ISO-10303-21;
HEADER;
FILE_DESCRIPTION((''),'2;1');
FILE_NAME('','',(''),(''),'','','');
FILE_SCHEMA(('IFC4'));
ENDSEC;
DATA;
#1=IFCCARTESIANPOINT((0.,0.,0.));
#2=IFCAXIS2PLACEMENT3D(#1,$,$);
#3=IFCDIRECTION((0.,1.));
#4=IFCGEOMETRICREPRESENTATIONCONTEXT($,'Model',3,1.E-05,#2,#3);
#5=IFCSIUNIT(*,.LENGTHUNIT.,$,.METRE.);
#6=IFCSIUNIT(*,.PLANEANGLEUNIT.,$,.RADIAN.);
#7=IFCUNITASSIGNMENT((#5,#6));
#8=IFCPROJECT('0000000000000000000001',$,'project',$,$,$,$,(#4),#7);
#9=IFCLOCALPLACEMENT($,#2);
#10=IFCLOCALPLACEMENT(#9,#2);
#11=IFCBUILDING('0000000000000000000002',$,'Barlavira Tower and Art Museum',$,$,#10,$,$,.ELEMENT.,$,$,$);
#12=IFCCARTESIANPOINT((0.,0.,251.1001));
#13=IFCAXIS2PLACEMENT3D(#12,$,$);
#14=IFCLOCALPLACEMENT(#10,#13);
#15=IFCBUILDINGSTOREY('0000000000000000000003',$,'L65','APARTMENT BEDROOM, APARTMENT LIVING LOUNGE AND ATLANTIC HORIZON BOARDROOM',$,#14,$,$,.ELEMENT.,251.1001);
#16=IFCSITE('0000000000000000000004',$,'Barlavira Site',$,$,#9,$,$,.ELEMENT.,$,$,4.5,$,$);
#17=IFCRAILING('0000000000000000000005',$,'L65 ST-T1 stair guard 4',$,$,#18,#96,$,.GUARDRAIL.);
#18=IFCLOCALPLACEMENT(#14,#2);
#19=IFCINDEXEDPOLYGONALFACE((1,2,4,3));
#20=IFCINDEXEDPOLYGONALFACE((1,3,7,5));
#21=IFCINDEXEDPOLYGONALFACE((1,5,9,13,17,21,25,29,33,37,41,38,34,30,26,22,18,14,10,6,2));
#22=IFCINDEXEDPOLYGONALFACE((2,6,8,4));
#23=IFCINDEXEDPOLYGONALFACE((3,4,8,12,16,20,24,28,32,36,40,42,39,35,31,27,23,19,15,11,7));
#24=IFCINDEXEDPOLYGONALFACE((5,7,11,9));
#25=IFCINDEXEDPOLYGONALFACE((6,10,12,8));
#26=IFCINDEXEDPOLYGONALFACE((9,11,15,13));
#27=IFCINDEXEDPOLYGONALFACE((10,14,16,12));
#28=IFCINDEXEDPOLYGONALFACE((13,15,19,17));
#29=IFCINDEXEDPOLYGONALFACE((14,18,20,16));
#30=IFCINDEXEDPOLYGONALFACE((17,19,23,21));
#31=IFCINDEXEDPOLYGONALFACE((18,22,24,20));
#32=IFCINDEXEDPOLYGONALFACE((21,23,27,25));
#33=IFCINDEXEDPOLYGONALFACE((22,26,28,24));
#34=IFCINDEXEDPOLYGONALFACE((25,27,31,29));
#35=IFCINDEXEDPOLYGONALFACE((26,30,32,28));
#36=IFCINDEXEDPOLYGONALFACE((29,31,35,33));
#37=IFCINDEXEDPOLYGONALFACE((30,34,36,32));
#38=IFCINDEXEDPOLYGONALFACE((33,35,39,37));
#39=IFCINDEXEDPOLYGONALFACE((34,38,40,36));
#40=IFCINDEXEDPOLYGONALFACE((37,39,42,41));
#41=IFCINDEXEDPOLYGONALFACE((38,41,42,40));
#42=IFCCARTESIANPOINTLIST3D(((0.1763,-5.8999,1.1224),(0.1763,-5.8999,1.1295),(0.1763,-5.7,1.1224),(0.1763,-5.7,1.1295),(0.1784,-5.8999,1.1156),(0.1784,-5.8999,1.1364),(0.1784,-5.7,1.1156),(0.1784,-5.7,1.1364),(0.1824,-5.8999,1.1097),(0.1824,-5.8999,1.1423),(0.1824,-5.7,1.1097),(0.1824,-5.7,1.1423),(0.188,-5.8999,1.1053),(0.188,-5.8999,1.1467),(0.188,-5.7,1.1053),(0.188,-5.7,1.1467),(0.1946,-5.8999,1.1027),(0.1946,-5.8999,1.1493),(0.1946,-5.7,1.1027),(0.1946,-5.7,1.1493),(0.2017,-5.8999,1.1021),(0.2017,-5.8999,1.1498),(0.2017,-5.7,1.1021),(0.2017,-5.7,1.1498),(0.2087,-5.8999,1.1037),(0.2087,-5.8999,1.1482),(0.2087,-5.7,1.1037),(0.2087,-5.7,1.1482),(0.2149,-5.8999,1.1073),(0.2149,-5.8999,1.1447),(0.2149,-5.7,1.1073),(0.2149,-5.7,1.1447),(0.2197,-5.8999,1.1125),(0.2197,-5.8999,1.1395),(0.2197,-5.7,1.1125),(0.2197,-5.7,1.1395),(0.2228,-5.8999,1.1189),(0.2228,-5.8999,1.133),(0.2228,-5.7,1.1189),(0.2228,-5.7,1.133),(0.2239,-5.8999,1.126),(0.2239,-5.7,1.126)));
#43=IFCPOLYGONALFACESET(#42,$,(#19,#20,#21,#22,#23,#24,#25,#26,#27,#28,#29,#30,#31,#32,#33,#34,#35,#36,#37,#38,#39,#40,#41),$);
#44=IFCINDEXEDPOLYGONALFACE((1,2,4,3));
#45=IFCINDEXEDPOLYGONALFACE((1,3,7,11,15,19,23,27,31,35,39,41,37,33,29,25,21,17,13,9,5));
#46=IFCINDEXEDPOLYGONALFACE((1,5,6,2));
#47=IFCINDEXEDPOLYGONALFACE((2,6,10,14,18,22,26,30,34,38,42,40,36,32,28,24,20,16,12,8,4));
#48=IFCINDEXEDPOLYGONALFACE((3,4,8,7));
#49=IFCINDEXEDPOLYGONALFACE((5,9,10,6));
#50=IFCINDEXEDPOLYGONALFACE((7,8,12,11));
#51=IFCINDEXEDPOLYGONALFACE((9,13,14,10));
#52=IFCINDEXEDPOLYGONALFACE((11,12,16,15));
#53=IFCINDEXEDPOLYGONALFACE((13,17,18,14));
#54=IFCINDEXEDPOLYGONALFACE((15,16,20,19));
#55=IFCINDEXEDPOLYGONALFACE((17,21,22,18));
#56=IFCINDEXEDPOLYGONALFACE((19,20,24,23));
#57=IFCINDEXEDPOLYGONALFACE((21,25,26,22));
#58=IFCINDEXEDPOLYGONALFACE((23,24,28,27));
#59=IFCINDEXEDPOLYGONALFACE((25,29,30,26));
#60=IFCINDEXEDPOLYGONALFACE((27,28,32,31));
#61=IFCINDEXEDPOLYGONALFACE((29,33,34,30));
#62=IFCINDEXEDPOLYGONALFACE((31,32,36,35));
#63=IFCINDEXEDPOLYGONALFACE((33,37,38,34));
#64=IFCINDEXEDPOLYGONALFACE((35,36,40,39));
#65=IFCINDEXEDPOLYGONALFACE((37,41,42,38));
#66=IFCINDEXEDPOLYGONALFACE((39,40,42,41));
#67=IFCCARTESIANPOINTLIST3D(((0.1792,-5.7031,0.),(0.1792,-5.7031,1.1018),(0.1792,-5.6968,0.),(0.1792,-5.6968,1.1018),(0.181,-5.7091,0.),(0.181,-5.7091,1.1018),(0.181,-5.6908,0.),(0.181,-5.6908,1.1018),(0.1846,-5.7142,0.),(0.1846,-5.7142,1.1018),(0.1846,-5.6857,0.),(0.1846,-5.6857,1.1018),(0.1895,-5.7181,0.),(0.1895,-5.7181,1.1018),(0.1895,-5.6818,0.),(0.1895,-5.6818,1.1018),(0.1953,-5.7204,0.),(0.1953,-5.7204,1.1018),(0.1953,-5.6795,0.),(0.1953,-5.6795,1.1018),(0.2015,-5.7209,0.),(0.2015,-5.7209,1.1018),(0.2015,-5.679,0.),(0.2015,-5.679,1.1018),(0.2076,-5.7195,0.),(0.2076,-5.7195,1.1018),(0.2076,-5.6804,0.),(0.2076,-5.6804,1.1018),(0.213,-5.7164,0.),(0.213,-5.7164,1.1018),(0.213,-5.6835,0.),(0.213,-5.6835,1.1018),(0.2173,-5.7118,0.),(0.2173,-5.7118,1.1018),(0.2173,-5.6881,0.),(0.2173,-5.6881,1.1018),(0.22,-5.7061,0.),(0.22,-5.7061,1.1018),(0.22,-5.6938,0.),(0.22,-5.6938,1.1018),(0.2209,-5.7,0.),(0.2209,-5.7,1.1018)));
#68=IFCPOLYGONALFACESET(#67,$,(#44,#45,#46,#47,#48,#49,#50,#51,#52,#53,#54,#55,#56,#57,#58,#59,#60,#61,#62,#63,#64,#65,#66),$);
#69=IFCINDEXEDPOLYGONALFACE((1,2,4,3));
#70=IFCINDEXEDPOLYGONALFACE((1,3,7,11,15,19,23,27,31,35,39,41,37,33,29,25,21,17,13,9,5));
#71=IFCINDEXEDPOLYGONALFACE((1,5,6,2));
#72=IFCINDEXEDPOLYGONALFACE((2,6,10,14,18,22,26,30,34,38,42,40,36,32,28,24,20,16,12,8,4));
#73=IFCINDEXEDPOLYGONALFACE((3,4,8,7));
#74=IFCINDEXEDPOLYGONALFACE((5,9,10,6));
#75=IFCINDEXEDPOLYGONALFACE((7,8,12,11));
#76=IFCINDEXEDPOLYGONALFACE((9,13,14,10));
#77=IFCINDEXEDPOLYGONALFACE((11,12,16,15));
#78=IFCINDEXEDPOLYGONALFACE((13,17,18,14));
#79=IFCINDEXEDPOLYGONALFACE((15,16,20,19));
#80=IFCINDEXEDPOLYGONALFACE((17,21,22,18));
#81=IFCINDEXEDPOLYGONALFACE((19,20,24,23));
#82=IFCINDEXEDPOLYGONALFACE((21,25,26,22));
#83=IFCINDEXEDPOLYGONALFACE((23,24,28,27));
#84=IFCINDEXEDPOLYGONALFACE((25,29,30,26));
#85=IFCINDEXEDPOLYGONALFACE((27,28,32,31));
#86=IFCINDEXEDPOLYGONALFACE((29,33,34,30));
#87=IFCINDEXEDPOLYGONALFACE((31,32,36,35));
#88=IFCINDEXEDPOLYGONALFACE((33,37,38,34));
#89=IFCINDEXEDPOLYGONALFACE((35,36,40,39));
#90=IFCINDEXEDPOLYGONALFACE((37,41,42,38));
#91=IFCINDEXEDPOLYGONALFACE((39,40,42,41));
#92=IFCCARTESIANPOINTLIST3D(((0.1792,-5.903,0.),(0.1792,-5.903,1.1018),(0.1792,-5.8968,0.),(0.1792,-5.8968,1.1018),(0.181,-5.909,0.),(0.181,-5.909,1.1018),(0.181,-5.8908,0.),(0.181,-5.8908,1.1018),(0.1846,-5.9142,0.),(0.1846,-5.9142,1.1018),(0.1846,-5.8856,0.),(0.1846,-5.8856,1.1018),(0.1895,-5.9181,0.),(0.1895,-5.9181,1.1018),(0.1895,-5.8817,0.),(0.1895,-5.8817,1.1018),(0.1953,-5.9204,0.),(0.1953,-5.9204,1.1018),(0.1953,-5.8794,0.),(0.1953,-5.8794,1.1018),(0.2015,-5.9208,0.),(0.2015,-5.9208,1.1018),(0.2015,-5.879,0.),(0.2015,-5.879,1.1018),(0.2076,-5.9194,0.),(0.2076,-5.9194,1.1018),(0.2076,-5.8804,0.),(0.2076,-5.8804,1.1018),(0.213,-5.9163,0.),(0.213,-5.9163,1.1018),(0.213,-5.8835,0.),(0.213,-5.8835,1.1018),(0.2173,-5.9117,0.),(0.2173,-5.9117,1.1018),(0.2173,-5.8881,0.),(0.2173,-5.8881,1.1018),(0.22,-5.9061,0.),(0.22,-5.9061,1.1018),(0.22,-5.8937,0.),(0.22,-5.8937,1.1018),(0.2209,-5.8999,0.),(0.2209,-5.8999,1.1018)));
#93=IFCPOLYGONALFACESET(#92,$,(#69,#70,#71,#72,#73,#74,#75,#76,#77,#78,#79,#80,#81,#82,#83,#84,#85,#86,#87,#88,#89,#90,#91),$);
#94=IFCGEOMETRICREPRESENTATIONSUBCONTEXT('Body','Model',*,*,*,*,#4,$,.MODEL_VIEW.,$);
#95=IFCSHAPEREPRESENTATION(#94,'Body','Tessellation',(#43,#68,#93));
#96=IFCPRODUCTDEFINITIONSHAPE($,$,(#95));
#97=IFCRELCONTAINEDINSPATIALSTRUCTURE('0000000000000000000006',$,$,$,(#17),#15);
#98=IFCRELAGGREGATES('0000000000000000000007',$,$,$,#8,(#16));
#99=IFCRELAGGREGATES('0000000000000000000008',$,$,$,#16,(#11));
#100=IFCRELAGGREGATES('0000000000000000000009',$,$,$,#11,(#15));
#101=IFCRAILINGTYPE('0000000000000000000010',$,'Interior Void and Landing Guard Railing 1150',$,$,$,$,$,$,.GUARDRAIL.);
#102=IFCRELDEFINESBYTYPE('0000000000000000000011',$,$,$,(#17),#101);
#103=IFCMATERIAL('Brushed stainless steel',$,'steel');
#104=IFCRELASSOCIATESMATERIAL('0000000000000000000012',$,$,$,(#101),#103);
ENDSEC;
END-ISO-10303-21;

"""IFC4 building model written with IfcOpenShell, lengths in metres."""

from ifc_helpers import new_model, si_unit, direction, frame, origin, origin_2d, place, context, subcontext, project, spatial, circle, extrude, material, type_object, element, save


model = new_model("IFC4")

# Units and contexts
model_context = context("Model", 3, precision=1e-05, world=origin(), true_north=direction((0.0, 1.0)))
body_context = subcontext(model_context, "Body", "Model", "MODEL_VIEW")
ifc_project = project(units=[si_unit("LENGTHUNIT", "METRE"), si_unit("PLANEANGLEUNIT", "RADIAN")], contexts=[model_context])

# Site, building, storey
site_placement = place(None, origin())
site = spatial("IfcSite", under=ifc_project, at=site_placement, Name="Barlavira Site", CompositionType="ELEMENT", RefElevation=4.5)
building_placement = place(site_placement, origin())
building = spatial("IfcBuilding", under=site, at=building_placement, Name="Barlavira Tower and Art Museum", CompositionType="ELEMENT")
storey_placement = place(building_placement, frame((0.0, 0.0, 251.1001)))
storey = spatial("IfcBuildingStorey", under=building, at=storey_placement, Name="L65", Description="APARTMENT BEDROOM, APARTMENT LIVING LOUNGE AND ATLANTIC HORIZON BOARDROOM", CompositionType="ELEMENT", Elevation=251.1001)

# Shared definitions
ifc_material_1 = material(Name="Brushed stainless steel", Category="steel")

# Railing
railing_type_1 = type_object("IfcRailingType", Name="Interior Void and Landing Guard Railing 1150", PredefinedType="GUARDRAIL", material=ifc_material_1)
railing_1_placement = place(storey_placement, frame((0.2, -5.7, 0.0)))
element("IfcRailing", 1, at=railing_1_placement, inside=storey, type_object=railing_type_1, Name="L65 ST-T1 stair guard 4", PredefinedType="GUARDRAIL", context=body_context, shape_type="SweptSolid", body=[
    extrude(circle(Radius=0.0239, at=origin_2d()), frame((0.0, 0.0, 1.126), z_axis=(0.0, -1.0, 0.0), x_axis=(1.0, 0.0, 0.0)), (0.0, 0.0, 1.0), 0.2),
    extrude(circle(Radius=0.021, at=origin_2d()), origin(), (0.0, 0.0, 1.0), 1.1018),
    extrude(circle(Radius=0.021, at=origin_2d()), frame((0.0, -0.2, 0.0)), (0.0, 0.0, 1.0), 1.1018),
])

save(model, "model.ifc")
